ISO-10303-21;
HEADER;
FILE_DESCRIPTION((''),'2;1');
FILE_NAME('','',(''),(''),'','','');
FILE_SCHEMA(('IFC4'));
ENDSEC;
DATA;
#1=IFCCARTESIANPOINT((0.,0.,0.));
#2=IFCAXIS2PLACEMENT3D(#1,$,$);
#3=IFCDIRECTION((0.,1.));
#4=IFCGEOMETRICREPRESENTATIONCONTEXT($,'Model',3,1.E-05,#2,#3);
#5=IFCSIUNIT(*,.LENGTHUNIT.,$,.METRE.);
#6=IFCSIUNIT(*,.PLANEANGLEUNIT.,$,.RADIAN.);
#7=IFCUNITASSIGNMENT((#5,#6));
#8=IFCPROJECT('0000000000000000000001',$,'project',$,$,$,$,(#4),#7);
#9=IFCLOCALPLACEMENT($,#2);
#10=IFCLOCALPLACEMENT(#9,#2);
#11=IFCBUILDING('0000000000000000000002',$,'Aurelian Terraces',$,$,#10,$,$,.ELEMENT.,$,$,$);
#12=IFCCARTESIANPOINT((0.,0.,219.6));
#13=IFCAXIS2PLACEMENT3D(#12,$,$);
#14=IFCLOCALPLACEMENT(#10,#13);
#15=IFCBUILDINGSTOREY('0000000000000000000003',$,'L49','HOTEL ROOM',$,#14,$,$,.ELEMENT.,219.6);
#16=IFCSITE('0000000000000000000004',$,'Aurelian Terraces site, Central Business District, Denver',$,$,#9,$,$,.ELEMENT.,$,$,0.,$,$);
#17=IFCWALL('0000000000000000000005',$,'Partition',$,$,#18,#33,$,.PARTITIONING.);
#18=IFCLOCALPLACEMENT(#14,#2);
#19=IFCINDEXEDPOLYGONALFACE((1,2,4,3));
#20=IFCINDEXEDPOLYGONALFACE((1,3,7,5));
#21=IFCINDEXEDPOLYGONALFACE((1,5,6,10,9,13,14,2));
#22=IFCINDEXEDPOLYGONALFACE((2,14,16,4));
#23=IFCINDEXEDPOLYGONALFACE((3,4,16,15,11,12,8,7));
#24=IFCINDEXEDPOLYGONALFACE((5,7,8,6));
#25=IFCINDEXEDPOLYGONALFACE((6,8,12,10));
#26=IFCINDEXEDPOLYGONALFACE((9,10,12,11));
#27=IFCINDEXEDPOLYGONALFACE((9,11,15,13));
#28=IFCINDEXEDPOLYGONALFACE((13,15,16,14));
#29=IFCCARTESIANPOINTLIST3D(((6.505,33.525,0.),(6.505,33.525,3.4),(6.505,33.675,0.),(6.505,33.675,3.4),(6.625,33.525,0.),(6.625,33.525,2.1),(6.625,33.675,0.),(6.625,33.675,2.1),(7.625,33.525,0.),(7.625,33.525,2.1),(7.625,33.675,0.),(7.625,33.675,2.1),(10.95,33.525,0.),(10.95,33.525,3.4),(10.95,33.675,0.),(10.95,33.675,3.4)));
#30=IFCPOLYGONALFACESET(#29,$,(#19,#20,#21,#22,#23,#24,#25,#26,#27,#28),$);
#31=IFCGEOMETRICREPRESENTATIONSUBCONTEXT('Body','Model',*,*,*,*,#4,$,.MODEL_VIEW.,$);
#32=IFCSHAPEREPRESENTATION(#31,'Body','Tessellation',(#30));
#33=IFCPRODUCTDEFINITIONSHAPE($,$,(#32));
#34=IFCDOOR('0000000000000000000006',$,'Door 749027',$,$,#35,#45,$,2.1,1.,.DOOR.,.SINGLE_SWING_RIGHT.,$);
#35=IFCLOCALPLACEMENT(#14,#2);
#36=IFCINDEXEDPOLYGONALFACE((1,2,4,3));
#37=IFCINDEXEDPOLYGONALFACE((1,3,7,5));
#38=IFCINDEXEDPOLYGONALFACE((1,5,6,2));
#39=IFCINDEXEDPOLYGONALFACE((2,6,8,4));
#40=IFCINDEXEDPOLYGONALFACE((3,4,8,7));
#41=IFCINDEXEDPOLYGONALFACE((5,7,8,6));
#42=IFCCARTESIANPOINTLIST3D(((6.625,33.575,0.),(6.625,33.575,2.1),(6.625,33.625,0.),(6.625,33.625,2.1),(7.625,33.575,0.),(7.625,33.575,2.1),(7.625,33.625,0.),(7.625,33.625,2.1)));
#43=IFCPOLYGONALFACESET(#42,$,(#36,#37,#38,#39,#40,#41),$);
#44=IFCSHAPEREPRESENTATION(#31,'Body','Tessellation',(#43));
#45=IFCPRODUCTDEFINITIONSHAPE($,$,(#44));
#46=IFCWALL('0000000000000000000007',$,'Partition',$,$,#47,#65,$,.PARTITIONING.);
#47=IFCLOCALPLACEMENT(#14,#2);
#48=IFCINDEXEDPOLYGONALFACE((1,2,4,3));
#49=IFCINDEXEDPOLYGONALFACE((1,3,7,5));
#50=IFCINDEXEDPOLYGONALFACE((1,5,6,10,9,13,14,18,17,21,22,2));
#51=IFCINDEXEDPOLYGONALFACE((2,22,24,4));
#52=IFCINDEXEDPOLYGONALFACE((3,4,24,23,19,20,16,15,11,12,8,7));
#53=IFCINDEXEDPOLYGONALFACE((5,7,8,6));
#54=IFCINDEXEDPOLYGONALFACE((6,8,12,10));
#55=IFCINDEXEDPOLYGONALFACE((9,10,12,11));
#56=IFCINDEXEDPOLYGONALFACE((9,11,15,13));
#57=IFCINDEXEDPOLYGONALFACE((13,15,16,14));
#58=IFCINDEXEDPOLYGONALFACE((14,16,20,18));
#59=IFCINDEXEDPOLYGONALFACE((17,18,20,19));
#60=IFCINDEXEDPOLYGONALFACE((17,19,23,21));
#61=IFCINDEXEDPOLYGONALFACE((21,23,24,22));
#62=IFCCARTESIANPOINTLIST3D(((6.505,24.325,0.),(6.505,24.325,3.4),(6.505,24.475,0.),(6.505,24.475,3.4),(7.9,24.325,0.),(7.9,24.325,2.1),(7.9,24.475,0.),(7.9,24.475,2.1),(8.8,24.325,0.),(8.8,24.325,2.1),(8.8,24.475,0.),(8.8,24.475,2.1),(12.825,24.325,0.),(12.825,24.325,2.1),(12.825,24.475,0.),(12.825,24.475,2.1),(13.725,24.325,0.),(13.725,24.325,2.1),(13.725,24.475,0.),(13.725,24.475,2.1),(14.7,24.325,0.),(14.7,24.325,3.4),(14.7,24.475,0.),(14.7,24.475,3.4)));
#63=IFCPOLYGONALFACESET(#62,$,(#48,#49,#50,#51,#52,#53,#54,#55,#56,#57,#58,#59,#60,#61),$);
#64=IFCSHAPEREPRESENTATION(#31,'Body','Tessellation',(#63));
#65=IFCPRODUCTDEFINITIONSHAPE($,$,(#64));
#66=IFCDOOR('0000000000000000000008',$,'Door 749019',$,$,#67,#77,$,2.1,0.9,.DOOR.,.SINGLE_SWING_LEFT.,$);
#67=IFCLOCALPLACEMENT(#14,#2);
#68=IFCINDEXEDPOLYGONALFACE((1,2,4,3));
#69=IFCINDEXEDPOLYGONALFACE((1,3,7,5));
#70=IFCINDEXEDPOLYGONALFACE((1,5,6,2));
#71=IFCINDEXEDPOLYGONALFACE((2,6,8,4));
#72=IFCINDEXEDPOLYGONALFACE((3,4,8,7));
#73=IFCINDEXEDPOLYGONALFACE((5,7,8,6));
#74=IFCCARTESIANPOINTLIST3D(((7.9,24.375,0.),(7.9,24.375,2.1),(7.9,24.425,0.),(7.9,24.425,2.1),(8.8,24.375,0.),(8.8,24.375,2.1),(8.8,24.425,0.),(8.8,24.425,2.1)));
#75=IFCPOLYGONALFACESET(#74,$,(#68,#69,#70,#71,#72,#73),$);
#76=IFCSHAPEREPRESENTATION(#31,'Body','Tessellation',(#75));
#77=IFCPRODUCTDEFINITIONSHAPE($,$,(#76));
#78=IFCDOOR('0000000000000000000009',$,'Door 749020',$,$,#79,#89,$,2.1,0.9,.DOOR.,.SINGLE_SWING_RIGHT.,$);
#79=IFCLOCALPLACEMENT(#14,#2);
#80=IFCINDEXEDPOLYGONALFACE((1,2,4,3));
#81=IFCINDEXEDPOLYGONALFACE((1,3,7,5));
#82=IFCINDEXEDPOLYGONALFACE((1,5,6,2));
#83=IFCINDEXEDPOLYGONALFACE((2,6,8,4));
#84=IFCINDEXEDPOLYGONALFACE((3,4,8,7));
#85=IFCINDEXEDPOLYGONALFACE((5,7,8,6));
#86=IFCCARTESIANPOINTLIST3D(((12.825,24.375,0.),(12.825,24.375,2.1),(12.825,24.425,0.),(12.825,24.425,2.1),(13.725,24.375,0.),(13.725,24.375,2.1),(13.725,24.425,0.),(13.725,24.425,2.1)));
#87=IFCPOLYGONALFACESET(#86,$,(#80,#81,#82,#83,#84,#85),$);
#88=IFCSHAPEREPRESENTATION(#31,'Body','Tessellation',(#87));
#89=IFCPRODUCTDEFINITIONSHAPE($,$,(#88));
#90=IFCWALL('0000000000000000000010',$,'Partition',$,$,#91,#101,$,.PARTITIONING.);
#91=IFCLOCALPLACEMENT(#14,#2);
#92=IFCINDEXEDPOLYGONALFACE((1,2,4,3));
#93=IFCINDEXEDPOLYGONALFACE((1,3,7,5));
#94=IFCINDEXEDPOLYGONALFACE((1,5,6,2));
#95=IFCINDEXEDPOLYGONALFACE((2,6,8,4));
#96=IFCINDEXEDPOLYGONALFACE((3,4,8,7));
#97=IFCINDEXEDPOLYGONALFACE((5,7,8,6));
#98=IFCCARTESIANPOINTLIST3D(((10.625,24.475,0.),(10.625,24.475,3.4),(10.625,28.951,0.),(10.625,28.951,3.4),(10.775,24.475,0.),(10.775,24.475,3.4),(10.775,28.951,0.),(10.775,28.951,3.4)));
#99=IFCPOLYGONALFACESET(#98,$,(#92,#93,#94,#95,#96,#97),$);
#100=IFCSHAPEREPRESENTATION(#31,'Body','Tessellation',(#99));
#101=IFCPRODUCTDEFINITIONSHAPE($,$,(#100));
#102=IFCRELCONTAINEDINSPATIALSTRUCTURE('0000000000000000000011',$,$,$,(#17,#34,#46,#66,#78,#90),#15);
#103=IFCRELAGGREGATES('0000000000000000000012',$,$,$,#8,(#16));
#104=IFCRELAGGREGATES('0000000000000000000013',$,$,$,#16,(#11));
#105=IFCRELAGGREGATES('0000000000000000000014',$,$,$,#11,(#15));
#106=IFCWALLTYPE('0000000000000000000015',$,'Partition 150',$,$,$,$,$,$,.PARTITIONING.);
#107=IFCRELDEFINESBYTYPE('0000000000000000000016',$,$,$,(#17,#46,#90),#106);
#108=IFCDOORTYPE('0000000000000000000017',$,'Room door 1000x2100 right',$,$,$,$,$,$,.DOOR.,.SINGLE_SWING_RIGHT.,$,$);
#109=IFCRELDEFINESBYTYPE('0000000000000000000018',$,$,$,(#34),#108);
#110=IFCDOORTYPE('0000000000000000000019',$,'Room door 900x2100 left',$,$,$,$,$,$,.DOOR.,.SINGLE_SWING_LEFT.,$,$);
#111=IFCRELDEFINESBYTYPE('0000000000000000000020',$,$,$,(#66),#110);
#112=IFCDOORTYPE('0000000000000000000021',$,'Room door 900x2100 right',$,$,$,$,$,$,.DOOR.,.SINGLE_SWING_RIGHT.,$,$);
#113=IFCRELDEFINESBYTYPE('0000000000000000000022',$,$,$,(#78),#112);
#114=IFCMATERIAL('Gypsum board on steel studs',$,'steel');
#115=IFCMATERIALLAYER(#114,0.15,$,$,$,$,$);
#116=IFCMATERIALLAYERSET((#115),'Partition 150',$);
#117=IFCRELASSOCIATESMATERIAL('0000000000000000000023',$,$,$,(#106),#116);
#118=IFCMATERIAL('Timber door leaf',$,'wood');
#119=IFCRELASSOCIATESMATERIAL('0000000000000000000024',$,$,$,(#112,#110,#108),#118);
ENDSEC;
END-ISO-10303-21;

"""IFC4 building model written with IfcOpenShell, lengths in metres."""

from ifc_helpers import new_model, si_unit, direction, frame, frame_2d, origin, place, context, subcontext, project, spatial, rectangle, extrude, source, transform, mapped, material, layer, layer_set, type_object, element, fill, save


model = new_model("IFC4")

# Units and contexts
model_context = context("Model", 3, precision=1e-05, world=origin(), true_north=direction((0.0, 1.0)))
body_context = subcontext(model_context, "Body", "Model", "MODEL_VIEW")
ifc_project = project(units=[si_unit("LENGTHUNIT", "METRE"), si_unit("PLANEANGLEUNIT", "RADIAN")], contexts=[model_context])

# Site, building, storey
site_placement = place(None, origin())
site = spatial("IfcSite", under=ifc_project, at=site_placement, Name="Aurelian Terraces site, Central Business District, Denver", CompositionType="ELEMENT", RefElevation=0.0)
building_placement = place(site_placement, origin())
building = spatial("IfcBuilding", under=site, at=building_placement, Name="Aurelian Terraces", CompositionType="ELEMENT")
storey_placement = place(building_placement, frame((0.0, 0.0, 219.6)))
storey = spatial("IfcBuildingStorey", under=building, at=storey_placement, Name="L49", Description="HOTEL ROOM", CompositionType="ELEMENT", Elevation=219.6)

# Shared definitions
ifc_material_1 = material(Name="Gypsum board on steel studs", Category="steel")
ifc_layer_1 = layer(ifc_material_1, 0.15)
ifc_layer_set_1 = layer_set([ifc_layer_1], Name="Partition 150")
wall_type_1 = type_object("IfcWallType", Name="Partition 150", PredefinedType="PARTITIONING", material=ifc_layer_set_1)
shared_shape_1 = source(origin(), body_context, "Body", "SweptSolid", [
    extrude(rectangle(XDim=0.9, YDim=2.1, at=frame_2d((0.45, 1.05))), frame((0.0, 0.085, 0.0), z_axis=(0.0, -1.0, 0.0), x_axis=(1.0, 0.0, 0.0)), (0.0, 0.0, 1.0), 0.17),
])
ifc_material_2 = material(Name="Timber door leaf", Category="wood")
door_type_1 = type_object("IfcDoorType", Name="Room door 900x2100 right", OperationType="SINGLE_SWING_RIGHT", PredefinedType="DOOR", material=ifc_material_2)
shared_shape_2 = source(origin(), body_context, "Body", "SweptSolid", [
    extrude(rectangle(XDim=0.9, YDim=2.1, at=frame_2d((0.45, 1.05))), frame((0.0, 0.025, 0.0), z_axis=(0.0, -1.0, 0.0), x_axis=(1.0, 0.0, 0.0)), (0.0, 0.0, 1.0), 0.05),
])
door_type_2 = type_object("IfcDoorType", Name="Room door 900x2100 left", OperationType="SINGLE_SWING_LEFT", PredefinedType="DOOR", material=ifc_material_2)

# Wall, opening, door
shared_shape_3 = source(origin(), body_context, "Body", "SweptSolid", [
    extrude(rectangle(XDim=4.445, YDim=0.15, at=frame_2d((2.2225, 0.0))), origin(), (0.0, 0.0, 1.0), 3.4),
])
wall_1_placement = place(storey_placement, frame((10.95, 33.6, 0.0), z_axis=(0.0, 0.0, 1.0), x_axis=(-1.0, 0.0, 0.0)))
wall_1 = element("IfcWall", 1, at=wall_1_placement, inside=storey, type_object=wall_type_1, Name="Partition", PredefinedType="PARTITIONING", context=body_context, shape_type="MappedRepresentation", body=[
    mapped(shared_shape_3, transform((0.0, 0.0, 0.0), scale=1.0)),
])
shared_shape_4 = source(origin(), body_context, "Body", "SweptSolid", [
    extrude(rectangle(XDim=1.0, YDim=2.1, at=frame_2d((0.5, 1.05))), frame((0.0, 0.085, 0.0), z_axis=(0.0, -1.0, 0.0), x_axis=(1.0, 0.0, 0.0)), (0.0, 0.0, 1.0), 0.17),
])
opening_1_placement = place(wall_1_placement, frame((3.325, 0.0, 0.0)))
opening_1 = element("IfcOpeningElement", 2, at=opening_1_placement, cuts=wall_1, PredefinedType="OPENING", context=body_context, shape_type="MappedRepresentation", body=[
    mapped(shared_shape_4, transform((0.0, 0.0, 0.0), scale=1.0)),
])
door_type_3 = type_object("IfcDoorType", Name="Room door 1000x2100 right", OperationType="SINGLE_SWING_RIGHT", PredefinedType="DOOR", material=ifc_material_2)
shared_shape_5 = source(origin(), body_context, "Body", "SweptSolid", [
    extrude(rectangle(XDim=1.0, YDim=2.1, at=frame_2d((0.5, 1.05))), frame((0.0, 0.025, 0.0), z_axis=(0.0, -1.0, 0.0), x_axis=(1.0, 0.0, 0.0)), (0.0, 0.0, 1.0), 0.05),
])
door_1_placement = place(opening_1_placement, origin())
door_1 = element("IfcDoor", 3, at=door_1_placement, inside=storey, type_object=door_type_3, Name="Door 749027", OperationType="SINGLE_SWING_RIGHT", OverallHeight=2.1, OverallWidth=1.0, PredefinedType="DOOR", context=body_context, shape_type="MappedRepresentation", body=[
    mapped(shared_shape_5, transform((0.0, 0.0, 0.0), scale=1.0)),
])
fill(opening_1, door_1)

# Wall, openings, doors
shared_shape_6 = source(origin(), body_context, "Body", "SweptSolid", [
    extrude(rectangle(XDim=8.195, YDim=0.15, at=frame_2d((4.0975, 0.0))), origin(), (0.0, 0.0, 1.0), 3.4),
])
wall_2_placement = place(storey_placement, frame((6.505, 24.4, 0.0), z_axis=(0.0, 0.0, 1.0), x_axis=(1.0, 0.0, 0.0)))
wall_2 = element("IfcWall", 4, at=wall_2_placement, inside=storey, type_object=wall_type_1, Name="Partition", PredefinedType="PARTITIONING", context=body_context, shape_type="MappedRepresentation", body=[
    mapped(shared_shape_6, transform((0.0, 0.0, 0.0), scale=1.0)),
])
opening_2_placement = place(wall_2_placement, frame((1.395, 0.0, 0.0)))
opening_2 = element("IfcOpeningElement", 5, at=opening_2_placement, cuts=wall_2, PredefinedType="OPENING", context=body_context, shape_type="MappedRepresentation", body=[
    mapped(shared_shape_1, transform((0.0, 0.0, 0.0), scale=1.0)),
])
opening_3_placement = place(wall_2_placement, frame((6.32, 0.0, 0.0)))
opening_3 = element("IfcOpeningElement", 6, at=opening_3_placement, cuts=wall_2, PredefinedType="OPENING", context=body_context, shape_type="MappedRepresentation", body=[
    mapped(shared_shape_1, transform((0.0, 0.0, 0.0), scale=1.0)),
])
door_2_placement = place(opening_2_placement, origin())
door_2 = element("IfcDoor", 7, at=door_2_placement, inside=storey, type_object=door_type_2, Name="Door 749019", OperationType="SINGLE_SWING_LEFT", OverallHeight=2.1, OverallWidth=0.9, PredefinedType="DOOR", context=body_context, shape_type="MappedRepresentation", body=[
    mapped(shared_shape_2, transform((0.0, 0.0, 0.0), scale=1.0)),
])
fill(opening_2, door_2)
door_3_placement = place(opening_3_placement, origin())
door_3 = element("IfcDoor", 8, at=door_3_placement, inside=storey, type_object=door_type_1, Name="Door 749020", OperationType="SINGLE_SWING_RIGHT", OverallHeight=2.1, OverallWidth=0.9, PredefinedType="DOOR", context=body_context, shape_type="MappedRepresentation", body=[
    mapped(shared_shape_2, transform((0.0, 0.0, 0.0), scale=1.0)),
])
fill(opening_3, door_3)

# Wall
shared_shape_7 = source(origin(), body_context, "Body", "SweptSolid", [
    extrude(rectangle(XDim=4.476, YDim=0.15, at=frame_2d((2.238, 0.0))), origin(), (0.0, 0.0, 1.0), 3.4),
])
wall_3_placement = place(storey_placement, frame((10.7, 24.475, 0.0), z_axis=(0.0, 0.0, 1.0), x_axis=(0.0, 1.0, 0.0)))
element("IfcWall", 9, at=wall_3_placement, inside=storey, type_object=wall_type_1, Name="Partition", PredefinedType="PARTITIONING", context=body_context, shape_type="MappedRepresentation", body=[
    mapped(shared_shape_7, transform((0.0, 0.0, 0.0), scale=1.0)),
])

save(model, "model.ifc")
